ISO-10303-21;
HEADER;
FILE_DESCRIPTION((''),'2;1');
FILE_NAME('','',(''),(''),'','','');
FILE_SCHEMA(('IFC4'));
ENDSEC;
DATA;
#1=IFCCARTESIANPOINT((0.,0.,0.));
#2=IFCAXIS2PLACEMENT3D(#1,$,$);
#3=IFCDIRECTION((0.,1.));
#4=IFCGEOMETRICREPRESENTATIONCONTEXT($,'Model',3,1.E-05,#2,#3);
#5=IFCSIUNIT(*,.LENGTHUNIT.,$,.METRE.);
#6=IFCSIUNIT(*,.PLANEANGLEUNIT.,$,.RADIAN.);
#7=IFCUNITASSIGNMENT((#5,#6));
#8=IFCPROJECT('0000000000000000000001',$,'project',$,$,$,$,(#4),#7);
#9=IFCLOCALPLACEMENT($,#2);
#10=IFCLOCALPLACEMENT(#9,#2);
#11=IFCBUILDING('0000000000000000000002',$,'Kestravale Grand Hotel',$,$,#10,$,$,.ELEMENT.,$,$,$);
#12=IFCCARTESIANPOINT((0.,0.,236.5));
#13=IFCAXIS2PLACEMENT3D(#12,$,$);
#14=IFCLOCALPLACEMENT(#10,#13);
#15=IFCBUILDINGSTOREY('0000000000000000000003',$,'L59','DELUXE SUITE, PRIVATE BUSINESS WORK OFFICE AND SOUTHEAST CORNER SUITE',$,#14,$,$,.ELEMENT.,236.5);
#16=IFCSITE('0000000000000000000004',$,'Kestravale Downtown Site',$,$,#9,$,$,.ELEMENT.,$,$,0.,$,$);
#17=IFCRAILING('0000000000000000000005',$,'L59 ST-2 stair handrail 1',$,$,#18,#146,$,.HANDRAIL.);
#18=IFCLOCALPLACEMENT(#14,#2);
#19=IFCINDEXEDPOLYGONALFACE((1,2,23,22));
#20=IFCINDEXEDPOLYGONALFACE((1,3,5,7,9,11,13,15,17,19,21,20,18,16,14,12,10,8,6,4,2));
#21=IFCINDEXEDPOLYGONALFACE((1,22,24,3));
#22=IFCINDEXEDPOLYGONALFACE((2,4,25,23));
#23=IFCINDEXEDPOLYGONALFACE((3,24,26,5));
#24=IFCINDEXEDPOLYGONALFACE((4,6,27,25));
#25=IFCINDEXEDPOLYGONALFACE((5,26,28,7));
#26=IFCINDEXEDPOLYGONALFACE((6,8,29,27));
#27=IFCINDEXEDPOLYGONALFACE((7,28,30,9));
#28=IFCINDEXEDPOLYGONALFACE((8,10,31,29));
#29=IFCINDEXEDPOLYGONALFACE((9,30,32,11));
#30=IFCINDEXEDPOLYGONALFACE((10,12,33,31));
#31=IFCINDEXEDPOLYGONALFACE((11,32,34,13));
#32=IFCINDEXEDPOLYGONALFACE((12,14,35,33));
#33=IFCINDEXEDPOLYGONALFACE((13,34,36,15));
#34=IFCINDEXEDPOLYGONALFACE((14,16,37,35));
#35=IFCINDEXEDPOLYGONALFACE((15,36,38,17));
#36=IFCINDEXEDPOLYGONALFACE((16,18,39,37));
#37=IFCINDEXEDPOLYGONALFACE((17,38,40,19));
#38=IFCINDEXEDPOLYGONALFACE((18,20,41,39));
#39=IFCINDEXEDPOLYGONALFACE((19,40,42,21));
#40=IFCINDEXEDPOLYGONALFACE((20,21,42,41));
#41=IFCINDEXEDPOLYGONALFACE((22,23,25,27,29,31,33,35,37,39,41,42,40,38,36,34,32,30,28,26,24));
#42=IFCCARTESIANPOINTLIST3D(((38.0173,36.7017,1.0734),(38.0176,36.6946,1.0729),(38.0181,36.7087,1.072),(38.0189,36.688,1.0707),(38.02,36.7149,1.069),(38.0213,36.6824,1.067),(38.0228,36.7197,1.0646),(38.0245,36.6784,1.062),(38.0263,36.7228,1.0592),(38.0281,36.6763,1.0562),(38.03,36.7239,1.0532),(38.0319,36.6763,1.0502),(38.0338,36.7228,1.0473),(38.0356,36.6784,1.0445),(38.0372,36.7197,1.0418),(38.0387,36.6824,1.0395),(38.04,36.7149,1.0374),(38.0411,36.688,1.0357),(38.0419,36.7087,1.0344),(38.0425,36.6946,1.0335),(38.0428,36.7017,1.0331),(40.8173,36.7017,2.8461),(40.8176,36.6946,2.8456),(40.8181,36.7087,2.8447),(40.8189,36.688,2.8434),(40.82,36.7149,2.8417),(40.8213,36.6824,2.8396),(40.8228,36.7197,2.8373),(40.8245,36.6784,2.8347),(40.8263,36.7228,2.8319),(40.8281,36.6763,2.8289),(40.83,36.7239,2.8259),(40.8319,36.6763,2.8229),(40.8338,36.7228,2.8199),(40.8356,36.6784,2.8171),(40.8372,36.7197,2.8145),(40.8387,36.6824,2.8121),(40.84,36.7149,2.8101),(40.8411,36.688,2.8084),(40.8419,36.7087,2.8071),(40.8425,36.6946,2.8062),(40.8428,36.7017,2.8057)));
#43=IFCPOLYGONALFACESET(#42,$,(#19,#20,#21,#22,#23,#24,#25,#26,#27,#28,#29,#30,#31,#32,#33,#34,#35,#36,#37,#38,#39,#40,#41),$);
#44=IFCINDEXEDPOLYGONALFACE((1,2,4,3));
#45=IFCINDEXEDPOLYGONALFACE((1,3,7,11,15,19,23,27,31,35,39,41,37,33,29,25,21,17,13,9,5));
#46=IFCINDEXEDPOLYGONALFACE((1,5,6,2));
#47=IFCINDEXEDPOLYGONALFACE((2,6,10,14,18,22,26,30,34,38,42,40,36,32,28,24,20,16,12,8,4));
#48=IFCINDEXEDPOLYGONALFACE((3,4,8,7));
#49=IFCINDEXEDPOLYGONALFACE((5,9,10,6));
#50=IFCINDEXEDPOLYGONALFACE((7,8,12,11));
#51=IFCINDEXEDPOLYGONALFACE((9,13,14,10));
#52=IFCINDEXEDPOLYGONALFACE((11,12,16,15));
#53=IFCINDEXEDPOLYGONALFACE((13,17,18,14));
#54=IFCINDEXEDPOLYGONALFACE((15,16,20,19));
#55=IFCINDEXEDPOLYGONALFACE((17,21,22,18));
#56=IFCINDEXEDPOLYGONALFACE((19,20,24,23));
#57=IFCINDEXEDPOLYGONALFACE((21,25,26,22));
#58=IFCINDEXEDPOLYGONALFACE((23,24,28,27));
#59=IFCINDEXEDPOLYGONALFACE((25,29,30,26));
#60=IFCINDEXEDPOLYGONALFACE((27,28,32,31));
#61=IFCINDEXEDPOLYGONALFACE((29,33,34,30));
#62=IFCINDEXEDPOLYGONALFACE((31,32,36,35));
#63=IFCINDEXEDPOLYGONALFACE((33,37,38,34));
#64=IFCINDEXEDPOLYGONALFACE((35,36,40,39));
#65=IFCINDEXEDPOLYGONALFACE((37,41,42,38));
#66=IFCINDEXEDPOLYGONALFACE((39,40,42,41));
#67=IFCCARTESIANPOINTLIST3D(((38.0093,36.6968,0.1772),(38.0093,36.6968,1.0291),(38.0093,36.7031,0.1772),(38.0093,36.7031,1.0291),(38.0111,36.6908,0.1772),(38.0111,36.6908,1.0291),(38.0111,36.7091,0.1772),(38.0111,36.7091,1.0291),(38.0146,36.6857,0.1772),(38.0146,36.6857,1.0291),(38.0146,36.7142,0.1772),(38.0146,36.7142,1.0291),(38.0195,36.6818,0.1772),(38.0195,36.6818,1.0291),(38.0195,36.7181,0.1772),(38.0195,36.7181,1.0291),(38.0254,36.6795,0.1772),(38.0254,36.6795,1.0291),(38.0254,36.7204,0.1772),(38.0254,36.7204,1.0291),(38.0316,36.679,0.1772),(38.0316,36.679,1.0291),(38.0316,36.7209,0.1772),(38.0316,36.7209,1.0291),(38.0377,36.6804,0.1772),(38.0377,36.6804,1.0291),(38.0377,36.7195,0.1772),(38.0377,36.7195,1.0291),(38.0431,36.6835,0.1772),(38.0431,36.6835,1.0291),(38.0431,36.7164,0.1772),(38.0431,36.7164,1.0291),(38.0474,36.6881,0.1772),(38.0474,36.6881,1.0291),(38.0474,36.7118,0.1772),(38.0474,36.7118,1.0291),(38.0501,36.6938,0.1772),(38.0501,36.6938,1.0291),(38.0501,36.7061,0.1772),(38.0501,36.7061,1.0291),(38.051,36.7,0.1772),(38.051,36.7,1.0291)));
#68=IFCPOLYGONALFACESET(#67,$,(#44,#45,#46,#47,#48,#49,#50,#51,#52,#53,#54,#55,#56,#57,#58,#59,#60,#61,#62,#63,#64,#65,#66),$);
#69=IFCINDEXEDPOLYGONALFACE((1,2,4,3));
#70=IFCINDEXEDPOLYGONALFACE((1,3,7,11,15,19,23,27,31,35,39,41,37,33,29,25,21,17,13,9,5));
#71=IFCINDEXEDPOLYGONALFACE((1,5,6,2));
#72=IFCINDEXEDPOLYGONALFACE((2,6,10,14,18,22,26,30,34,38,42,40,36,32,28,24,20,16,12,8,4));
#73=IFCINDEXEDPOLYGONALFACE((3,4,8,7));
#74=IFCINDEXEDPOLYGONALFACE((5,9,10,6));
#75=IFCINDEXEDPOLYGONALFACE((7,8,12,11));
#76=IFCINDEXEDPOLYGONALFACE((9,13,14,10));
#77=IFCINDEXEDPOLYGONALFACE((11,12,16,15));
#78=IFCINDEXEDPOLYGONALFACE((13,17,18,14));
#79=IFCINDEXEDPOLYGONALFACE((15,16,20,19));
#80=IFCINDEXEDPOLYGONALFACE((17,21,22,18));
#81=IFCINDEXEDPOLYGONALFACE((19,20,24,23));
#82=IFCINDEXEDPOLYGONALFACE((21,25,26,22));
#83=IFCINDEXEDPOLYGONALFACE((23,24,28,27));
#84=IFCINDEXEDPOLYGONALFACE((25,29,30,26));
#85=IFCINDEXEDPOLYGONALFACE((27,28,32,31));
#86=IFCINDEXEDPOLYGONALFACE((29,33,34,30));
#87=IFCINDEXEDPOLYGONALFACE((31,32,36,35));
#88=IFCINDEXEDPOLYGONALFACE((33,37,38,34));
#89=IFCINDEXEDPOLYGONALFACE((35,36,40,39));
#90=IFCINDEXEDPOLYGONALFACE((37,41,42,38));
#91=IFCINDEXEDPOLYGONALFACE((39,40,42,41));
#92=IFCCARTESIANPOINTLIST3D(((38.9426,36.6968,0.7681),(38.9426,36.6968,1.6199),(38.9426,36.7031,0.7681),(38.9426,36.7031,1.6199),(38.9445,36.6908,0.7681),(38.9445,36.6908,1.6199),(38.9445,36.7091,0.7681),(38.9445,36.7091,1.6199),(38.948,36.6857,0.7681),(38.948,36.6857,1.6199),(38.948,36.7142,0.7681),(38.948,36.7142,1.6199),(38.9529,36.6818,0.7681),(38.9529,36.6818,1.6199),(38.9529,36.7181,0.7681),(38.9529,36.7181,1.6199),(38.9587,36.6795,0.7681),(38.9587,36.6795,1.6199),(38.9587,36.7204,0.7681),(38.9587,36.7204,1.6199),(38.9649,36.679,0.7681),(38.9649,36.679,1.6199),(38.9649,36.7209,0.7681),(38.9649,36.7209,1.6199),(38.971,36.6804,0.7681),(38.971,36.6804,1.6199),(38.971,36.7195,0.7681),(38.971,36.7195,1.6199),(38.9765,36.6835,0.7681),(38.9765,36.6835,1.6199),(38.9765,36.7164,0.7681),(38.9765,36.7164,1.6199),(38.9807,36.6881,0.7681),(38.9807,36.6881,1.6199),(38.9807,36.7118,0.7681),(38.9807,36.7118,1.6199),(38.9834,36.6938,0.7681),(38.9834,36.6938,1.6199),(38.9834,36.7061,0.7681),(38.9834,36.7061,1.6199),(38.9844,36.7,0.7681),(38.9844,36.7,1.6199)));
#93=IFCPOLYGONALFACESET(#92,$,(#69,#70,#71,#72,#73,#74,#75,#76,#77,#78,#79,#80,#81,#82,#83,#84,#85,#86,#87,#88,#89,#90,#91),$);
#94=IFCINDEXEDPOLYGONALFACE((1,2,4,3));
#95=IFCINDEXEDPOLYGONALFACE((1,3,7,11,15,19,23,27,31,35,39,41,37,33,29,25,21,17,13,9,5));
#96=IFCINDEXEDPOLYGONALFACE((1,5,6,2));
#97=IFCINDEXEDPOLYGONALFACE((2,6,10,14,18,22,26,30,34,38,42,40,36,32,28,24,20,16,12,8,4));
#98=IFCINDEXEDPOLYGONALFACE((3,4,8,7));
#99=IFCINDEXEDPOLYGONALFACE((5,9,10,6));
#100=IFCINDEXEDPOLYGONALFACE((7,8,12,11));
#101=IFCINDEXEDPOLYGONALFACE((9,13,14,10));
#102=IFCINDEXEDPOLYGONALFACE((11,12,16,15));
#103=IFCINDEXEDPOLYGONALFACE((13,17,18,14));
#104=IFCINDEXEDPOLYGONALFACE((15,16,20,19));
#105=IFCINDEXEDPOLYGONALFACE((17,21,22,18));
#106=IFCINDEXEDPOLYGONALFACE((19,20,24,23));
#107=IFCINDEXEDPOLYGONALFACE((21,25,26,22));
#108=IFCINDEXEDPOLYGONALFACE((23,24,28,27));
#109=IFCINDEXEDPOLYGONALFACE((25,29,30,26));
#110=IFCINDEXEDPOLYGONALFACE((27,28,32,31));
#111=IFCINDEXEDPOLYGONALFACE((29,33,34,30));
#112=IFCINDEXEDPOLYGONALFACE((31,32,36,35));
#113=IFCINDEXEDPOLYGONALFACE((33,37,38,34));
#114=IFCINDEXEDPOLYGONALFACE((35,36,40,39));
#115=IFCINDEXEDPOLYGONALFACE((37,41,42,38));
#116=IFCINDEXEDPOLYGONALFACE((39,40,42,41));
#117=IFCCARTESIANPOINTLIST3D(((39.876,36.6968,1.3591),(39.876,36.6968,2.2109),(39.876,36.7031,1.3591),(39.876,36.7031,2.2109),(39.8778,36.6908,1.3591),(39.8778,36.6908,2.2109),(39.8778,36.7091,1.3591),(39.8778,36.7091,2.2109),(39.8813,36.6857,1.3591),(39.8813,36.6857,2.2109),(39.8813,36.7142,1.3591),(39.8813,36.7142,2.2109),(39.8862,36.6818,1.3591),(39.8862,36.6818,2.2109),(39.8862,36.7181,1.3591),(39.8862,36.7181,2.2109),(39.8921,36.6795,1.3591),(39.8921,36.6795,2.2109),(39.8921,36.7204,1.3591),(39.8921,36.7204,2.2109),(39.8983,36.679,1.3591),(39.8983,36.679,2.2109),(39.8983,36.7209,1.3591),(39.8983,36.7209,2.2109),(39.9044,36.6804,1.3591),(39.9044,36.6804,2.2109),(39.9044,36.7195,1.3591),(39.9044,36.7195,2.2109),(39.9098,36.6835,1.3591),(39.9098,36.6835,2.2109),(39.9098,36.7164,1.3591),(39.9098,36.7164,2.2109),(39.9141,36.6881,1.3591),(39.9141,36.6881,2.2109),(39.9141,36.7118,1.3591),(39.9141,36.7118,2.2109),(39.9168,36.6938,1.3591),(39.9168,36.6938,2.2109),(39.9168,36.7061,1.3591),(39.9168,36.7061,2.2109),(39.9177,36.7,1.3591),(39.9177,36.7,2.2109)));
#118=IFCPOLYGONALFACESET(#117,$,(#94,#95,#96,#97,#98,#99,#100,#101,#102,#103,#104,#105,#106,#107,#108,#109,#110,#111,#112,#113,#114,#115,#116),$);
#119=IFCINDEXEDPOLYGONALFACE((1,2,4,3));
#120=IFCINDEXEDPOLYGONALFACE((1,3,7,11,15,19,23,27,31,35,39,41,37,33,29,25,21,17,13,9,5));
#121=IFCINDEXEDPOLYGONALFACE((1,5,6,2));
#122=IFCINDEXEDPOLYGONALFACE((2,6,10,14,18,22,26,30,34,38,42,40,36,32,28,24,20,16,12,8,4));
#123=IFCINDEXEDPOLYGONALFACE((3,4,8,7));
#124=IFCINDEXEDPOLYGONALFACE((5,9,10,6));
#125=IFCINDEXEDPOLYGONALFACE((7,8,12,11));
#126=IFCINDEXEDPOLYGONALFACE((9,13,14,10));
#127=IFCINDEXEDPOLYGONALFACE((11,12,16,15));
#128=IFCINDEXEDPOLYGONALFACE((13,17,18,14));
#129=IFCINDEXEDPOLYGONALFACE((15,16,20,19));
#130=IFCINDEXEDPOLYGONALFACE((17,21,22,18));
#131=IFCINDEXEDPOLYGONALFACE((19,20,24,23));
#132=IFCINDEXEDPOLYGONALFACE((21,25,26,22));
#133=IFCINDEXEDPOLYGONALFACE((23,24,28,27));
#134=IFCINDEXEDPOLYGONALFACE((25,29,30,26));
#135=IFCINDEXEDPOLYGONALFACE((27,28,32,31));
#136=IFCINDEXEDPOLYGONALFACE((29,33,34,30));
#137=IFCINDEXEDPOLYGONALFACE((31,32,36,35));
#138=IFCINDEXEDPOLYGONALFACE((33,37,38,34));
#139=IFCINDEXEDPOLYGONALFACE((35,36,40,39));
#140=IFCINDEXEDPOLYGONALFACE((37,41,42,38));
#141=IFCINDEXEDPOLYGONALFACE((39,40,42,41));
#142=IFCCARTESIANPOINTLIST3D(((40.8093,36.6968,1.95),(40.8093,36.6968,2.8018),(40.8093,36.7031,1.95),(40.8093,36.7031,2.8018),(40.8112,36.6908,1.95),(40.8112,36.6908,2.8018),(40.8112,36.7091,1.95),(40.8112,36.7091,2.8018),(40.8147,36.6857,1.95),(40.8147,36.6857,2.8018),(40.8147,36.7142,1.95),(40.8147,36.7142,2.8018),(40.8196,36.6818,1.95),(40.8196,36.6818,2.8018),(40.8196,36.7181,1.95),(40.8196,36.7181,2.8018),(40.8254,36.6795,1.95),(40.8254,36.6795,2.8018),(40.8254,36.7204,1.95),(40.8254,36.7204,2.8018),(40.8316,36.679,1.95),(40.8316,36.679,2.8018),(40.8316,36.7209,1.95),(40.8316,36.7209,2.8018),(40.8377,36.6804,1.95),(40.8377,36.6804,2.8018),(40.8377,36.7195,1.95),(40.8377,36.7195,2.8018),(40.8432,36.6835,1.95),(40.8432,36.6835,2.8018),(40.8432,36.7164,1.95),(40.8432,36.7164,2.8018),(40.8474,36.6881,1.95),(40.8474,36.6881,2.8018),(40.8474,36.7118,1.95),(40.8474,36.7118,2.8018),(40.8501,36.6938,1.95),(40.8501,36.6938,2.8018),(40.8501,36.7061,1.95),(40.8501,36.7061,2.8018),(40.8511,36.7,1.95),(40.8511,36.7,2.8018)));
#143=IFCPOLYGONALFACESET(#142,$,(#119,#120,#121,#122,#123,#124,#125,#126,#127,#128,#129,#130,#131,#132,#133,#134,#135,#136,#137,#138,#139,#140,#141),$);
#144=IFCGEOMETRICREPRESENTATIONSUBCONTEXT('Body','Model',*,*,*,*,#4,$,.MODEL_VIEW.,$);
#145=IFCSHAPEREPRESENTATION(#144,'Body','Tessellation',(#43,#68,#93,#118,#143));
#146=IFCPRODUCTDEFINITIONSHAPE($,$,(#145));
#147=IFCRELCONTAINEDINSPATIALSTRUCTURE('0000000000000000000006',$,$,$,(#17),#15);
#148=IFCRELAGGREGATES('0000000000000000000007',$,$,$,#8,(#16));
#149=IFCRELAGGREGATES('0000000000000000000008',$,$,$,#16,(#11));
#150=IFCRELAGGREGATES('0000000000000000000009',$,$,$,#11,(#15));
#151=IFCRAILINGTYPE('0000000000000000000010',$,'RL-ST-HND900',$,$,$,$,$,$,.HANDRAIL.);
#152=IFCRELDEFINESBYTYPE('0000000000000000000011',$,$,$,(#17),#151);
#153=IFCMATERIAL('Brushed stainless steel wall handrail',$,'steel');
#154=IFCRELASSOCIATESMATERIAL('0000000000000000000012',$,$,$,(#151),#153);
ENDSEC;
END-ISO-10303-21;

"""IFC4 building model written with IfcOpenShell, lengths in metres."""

from ifc_helpers import new_model, si_unit, direction, frame, origin, origin_2d, place, context, subcontext, project, spatial, circle, extrude, material, type_object, element, save


model = new_model("IFC4")

# Units and contexts
model_context = context("Model", 3, precision=1e-05, world=origin(), true_north=direction((0.0, 1.0)))
body_context = subcontext(model_context, "Body", "Model", "MODEL_VIEW")
ifc_project = project(units=[si_unit("LENGTHUNIT", "METRE"), si_unit("PLANEANGLEUNIT", "RADIAN")], contexts=[model_context])

# Site, building, storey
site_placement = place(None, origin())
site = spatial("IfcSite", under=ifc_project, at=site_placement, Name="Kestravale Downtown Site", CompositionType="ELEMENT", RefElevation=0.0)
building_placement = place(site_placement, origin())
building = spatial("IfcBuilding", under=site, at=building_placement, Name="Kestravale Grand Hotel", CompositionType="ELEMENT")
storey_placement = place(building_placement, frame((0.0, 0.0, 236.5)))
storey = spatial("IfcBuildingStorey", under=building, at=storey_placement, Name="L59", Description="DELUXE SUITE, PRIVATE BUSINESS WORK OFFICE AND SOUTHEAST CORNER SUITE", CompositionType="ELEMENT", Elevation=236.5)

# Railing
ifc_material_1 = material(Name="Brushed stainless steel wall handrail", Category="steel")
railing_type_1 = type_object("IfcRailingType", Name="RL-ST-HND900", PredefinedType="HANDRAIL", material=ifc_material_1)
railing_1_placement = place(storey_placement, frame((38.03, 36.7, 0.1772)))
element("IfcRailing", 1, at=railing_1_placement, inside=storey, type_object=railing_type_1, Name="L59 ST-2 stair handrail 1", PredefinedType="HANDRAIL", context=body_context, shape_type="SweptSolid", body=[
    extrude(circle(Radius=0.0239, at=origin_2d()), frame((0.0, 0.0, 0.876), z_axis=(0.844909, 0.0, 0.53491), x_axis=(0.0, 1.0, 0.0)), (0.0, 0.0, 1.0), 3.314),
    extrude(circle(Radius=0.021, at=origin_2d()), origin(), (0.0, 0.0, 1.0), 0.8518),
    extrude(circle(Radius=0.021, at=origin_2d()), frame((0.9333, 0.0, 0.5908)), (0.0, 0.0, 1.0), 0.8518),
    extrude(circle(Radius=0.021, at=origin_2d()), frame((1.8667, 0.0, 1.1819)), (0.0, 0.0, 1.0), 0.8518),
    extrude(circle(Radius=0.021, at=origin_2d()), frame((2.8, 0.0, 1.7727)), (0.0, 0.0, 1.0), 0.8518),
])

save(model, "model.ifc")
